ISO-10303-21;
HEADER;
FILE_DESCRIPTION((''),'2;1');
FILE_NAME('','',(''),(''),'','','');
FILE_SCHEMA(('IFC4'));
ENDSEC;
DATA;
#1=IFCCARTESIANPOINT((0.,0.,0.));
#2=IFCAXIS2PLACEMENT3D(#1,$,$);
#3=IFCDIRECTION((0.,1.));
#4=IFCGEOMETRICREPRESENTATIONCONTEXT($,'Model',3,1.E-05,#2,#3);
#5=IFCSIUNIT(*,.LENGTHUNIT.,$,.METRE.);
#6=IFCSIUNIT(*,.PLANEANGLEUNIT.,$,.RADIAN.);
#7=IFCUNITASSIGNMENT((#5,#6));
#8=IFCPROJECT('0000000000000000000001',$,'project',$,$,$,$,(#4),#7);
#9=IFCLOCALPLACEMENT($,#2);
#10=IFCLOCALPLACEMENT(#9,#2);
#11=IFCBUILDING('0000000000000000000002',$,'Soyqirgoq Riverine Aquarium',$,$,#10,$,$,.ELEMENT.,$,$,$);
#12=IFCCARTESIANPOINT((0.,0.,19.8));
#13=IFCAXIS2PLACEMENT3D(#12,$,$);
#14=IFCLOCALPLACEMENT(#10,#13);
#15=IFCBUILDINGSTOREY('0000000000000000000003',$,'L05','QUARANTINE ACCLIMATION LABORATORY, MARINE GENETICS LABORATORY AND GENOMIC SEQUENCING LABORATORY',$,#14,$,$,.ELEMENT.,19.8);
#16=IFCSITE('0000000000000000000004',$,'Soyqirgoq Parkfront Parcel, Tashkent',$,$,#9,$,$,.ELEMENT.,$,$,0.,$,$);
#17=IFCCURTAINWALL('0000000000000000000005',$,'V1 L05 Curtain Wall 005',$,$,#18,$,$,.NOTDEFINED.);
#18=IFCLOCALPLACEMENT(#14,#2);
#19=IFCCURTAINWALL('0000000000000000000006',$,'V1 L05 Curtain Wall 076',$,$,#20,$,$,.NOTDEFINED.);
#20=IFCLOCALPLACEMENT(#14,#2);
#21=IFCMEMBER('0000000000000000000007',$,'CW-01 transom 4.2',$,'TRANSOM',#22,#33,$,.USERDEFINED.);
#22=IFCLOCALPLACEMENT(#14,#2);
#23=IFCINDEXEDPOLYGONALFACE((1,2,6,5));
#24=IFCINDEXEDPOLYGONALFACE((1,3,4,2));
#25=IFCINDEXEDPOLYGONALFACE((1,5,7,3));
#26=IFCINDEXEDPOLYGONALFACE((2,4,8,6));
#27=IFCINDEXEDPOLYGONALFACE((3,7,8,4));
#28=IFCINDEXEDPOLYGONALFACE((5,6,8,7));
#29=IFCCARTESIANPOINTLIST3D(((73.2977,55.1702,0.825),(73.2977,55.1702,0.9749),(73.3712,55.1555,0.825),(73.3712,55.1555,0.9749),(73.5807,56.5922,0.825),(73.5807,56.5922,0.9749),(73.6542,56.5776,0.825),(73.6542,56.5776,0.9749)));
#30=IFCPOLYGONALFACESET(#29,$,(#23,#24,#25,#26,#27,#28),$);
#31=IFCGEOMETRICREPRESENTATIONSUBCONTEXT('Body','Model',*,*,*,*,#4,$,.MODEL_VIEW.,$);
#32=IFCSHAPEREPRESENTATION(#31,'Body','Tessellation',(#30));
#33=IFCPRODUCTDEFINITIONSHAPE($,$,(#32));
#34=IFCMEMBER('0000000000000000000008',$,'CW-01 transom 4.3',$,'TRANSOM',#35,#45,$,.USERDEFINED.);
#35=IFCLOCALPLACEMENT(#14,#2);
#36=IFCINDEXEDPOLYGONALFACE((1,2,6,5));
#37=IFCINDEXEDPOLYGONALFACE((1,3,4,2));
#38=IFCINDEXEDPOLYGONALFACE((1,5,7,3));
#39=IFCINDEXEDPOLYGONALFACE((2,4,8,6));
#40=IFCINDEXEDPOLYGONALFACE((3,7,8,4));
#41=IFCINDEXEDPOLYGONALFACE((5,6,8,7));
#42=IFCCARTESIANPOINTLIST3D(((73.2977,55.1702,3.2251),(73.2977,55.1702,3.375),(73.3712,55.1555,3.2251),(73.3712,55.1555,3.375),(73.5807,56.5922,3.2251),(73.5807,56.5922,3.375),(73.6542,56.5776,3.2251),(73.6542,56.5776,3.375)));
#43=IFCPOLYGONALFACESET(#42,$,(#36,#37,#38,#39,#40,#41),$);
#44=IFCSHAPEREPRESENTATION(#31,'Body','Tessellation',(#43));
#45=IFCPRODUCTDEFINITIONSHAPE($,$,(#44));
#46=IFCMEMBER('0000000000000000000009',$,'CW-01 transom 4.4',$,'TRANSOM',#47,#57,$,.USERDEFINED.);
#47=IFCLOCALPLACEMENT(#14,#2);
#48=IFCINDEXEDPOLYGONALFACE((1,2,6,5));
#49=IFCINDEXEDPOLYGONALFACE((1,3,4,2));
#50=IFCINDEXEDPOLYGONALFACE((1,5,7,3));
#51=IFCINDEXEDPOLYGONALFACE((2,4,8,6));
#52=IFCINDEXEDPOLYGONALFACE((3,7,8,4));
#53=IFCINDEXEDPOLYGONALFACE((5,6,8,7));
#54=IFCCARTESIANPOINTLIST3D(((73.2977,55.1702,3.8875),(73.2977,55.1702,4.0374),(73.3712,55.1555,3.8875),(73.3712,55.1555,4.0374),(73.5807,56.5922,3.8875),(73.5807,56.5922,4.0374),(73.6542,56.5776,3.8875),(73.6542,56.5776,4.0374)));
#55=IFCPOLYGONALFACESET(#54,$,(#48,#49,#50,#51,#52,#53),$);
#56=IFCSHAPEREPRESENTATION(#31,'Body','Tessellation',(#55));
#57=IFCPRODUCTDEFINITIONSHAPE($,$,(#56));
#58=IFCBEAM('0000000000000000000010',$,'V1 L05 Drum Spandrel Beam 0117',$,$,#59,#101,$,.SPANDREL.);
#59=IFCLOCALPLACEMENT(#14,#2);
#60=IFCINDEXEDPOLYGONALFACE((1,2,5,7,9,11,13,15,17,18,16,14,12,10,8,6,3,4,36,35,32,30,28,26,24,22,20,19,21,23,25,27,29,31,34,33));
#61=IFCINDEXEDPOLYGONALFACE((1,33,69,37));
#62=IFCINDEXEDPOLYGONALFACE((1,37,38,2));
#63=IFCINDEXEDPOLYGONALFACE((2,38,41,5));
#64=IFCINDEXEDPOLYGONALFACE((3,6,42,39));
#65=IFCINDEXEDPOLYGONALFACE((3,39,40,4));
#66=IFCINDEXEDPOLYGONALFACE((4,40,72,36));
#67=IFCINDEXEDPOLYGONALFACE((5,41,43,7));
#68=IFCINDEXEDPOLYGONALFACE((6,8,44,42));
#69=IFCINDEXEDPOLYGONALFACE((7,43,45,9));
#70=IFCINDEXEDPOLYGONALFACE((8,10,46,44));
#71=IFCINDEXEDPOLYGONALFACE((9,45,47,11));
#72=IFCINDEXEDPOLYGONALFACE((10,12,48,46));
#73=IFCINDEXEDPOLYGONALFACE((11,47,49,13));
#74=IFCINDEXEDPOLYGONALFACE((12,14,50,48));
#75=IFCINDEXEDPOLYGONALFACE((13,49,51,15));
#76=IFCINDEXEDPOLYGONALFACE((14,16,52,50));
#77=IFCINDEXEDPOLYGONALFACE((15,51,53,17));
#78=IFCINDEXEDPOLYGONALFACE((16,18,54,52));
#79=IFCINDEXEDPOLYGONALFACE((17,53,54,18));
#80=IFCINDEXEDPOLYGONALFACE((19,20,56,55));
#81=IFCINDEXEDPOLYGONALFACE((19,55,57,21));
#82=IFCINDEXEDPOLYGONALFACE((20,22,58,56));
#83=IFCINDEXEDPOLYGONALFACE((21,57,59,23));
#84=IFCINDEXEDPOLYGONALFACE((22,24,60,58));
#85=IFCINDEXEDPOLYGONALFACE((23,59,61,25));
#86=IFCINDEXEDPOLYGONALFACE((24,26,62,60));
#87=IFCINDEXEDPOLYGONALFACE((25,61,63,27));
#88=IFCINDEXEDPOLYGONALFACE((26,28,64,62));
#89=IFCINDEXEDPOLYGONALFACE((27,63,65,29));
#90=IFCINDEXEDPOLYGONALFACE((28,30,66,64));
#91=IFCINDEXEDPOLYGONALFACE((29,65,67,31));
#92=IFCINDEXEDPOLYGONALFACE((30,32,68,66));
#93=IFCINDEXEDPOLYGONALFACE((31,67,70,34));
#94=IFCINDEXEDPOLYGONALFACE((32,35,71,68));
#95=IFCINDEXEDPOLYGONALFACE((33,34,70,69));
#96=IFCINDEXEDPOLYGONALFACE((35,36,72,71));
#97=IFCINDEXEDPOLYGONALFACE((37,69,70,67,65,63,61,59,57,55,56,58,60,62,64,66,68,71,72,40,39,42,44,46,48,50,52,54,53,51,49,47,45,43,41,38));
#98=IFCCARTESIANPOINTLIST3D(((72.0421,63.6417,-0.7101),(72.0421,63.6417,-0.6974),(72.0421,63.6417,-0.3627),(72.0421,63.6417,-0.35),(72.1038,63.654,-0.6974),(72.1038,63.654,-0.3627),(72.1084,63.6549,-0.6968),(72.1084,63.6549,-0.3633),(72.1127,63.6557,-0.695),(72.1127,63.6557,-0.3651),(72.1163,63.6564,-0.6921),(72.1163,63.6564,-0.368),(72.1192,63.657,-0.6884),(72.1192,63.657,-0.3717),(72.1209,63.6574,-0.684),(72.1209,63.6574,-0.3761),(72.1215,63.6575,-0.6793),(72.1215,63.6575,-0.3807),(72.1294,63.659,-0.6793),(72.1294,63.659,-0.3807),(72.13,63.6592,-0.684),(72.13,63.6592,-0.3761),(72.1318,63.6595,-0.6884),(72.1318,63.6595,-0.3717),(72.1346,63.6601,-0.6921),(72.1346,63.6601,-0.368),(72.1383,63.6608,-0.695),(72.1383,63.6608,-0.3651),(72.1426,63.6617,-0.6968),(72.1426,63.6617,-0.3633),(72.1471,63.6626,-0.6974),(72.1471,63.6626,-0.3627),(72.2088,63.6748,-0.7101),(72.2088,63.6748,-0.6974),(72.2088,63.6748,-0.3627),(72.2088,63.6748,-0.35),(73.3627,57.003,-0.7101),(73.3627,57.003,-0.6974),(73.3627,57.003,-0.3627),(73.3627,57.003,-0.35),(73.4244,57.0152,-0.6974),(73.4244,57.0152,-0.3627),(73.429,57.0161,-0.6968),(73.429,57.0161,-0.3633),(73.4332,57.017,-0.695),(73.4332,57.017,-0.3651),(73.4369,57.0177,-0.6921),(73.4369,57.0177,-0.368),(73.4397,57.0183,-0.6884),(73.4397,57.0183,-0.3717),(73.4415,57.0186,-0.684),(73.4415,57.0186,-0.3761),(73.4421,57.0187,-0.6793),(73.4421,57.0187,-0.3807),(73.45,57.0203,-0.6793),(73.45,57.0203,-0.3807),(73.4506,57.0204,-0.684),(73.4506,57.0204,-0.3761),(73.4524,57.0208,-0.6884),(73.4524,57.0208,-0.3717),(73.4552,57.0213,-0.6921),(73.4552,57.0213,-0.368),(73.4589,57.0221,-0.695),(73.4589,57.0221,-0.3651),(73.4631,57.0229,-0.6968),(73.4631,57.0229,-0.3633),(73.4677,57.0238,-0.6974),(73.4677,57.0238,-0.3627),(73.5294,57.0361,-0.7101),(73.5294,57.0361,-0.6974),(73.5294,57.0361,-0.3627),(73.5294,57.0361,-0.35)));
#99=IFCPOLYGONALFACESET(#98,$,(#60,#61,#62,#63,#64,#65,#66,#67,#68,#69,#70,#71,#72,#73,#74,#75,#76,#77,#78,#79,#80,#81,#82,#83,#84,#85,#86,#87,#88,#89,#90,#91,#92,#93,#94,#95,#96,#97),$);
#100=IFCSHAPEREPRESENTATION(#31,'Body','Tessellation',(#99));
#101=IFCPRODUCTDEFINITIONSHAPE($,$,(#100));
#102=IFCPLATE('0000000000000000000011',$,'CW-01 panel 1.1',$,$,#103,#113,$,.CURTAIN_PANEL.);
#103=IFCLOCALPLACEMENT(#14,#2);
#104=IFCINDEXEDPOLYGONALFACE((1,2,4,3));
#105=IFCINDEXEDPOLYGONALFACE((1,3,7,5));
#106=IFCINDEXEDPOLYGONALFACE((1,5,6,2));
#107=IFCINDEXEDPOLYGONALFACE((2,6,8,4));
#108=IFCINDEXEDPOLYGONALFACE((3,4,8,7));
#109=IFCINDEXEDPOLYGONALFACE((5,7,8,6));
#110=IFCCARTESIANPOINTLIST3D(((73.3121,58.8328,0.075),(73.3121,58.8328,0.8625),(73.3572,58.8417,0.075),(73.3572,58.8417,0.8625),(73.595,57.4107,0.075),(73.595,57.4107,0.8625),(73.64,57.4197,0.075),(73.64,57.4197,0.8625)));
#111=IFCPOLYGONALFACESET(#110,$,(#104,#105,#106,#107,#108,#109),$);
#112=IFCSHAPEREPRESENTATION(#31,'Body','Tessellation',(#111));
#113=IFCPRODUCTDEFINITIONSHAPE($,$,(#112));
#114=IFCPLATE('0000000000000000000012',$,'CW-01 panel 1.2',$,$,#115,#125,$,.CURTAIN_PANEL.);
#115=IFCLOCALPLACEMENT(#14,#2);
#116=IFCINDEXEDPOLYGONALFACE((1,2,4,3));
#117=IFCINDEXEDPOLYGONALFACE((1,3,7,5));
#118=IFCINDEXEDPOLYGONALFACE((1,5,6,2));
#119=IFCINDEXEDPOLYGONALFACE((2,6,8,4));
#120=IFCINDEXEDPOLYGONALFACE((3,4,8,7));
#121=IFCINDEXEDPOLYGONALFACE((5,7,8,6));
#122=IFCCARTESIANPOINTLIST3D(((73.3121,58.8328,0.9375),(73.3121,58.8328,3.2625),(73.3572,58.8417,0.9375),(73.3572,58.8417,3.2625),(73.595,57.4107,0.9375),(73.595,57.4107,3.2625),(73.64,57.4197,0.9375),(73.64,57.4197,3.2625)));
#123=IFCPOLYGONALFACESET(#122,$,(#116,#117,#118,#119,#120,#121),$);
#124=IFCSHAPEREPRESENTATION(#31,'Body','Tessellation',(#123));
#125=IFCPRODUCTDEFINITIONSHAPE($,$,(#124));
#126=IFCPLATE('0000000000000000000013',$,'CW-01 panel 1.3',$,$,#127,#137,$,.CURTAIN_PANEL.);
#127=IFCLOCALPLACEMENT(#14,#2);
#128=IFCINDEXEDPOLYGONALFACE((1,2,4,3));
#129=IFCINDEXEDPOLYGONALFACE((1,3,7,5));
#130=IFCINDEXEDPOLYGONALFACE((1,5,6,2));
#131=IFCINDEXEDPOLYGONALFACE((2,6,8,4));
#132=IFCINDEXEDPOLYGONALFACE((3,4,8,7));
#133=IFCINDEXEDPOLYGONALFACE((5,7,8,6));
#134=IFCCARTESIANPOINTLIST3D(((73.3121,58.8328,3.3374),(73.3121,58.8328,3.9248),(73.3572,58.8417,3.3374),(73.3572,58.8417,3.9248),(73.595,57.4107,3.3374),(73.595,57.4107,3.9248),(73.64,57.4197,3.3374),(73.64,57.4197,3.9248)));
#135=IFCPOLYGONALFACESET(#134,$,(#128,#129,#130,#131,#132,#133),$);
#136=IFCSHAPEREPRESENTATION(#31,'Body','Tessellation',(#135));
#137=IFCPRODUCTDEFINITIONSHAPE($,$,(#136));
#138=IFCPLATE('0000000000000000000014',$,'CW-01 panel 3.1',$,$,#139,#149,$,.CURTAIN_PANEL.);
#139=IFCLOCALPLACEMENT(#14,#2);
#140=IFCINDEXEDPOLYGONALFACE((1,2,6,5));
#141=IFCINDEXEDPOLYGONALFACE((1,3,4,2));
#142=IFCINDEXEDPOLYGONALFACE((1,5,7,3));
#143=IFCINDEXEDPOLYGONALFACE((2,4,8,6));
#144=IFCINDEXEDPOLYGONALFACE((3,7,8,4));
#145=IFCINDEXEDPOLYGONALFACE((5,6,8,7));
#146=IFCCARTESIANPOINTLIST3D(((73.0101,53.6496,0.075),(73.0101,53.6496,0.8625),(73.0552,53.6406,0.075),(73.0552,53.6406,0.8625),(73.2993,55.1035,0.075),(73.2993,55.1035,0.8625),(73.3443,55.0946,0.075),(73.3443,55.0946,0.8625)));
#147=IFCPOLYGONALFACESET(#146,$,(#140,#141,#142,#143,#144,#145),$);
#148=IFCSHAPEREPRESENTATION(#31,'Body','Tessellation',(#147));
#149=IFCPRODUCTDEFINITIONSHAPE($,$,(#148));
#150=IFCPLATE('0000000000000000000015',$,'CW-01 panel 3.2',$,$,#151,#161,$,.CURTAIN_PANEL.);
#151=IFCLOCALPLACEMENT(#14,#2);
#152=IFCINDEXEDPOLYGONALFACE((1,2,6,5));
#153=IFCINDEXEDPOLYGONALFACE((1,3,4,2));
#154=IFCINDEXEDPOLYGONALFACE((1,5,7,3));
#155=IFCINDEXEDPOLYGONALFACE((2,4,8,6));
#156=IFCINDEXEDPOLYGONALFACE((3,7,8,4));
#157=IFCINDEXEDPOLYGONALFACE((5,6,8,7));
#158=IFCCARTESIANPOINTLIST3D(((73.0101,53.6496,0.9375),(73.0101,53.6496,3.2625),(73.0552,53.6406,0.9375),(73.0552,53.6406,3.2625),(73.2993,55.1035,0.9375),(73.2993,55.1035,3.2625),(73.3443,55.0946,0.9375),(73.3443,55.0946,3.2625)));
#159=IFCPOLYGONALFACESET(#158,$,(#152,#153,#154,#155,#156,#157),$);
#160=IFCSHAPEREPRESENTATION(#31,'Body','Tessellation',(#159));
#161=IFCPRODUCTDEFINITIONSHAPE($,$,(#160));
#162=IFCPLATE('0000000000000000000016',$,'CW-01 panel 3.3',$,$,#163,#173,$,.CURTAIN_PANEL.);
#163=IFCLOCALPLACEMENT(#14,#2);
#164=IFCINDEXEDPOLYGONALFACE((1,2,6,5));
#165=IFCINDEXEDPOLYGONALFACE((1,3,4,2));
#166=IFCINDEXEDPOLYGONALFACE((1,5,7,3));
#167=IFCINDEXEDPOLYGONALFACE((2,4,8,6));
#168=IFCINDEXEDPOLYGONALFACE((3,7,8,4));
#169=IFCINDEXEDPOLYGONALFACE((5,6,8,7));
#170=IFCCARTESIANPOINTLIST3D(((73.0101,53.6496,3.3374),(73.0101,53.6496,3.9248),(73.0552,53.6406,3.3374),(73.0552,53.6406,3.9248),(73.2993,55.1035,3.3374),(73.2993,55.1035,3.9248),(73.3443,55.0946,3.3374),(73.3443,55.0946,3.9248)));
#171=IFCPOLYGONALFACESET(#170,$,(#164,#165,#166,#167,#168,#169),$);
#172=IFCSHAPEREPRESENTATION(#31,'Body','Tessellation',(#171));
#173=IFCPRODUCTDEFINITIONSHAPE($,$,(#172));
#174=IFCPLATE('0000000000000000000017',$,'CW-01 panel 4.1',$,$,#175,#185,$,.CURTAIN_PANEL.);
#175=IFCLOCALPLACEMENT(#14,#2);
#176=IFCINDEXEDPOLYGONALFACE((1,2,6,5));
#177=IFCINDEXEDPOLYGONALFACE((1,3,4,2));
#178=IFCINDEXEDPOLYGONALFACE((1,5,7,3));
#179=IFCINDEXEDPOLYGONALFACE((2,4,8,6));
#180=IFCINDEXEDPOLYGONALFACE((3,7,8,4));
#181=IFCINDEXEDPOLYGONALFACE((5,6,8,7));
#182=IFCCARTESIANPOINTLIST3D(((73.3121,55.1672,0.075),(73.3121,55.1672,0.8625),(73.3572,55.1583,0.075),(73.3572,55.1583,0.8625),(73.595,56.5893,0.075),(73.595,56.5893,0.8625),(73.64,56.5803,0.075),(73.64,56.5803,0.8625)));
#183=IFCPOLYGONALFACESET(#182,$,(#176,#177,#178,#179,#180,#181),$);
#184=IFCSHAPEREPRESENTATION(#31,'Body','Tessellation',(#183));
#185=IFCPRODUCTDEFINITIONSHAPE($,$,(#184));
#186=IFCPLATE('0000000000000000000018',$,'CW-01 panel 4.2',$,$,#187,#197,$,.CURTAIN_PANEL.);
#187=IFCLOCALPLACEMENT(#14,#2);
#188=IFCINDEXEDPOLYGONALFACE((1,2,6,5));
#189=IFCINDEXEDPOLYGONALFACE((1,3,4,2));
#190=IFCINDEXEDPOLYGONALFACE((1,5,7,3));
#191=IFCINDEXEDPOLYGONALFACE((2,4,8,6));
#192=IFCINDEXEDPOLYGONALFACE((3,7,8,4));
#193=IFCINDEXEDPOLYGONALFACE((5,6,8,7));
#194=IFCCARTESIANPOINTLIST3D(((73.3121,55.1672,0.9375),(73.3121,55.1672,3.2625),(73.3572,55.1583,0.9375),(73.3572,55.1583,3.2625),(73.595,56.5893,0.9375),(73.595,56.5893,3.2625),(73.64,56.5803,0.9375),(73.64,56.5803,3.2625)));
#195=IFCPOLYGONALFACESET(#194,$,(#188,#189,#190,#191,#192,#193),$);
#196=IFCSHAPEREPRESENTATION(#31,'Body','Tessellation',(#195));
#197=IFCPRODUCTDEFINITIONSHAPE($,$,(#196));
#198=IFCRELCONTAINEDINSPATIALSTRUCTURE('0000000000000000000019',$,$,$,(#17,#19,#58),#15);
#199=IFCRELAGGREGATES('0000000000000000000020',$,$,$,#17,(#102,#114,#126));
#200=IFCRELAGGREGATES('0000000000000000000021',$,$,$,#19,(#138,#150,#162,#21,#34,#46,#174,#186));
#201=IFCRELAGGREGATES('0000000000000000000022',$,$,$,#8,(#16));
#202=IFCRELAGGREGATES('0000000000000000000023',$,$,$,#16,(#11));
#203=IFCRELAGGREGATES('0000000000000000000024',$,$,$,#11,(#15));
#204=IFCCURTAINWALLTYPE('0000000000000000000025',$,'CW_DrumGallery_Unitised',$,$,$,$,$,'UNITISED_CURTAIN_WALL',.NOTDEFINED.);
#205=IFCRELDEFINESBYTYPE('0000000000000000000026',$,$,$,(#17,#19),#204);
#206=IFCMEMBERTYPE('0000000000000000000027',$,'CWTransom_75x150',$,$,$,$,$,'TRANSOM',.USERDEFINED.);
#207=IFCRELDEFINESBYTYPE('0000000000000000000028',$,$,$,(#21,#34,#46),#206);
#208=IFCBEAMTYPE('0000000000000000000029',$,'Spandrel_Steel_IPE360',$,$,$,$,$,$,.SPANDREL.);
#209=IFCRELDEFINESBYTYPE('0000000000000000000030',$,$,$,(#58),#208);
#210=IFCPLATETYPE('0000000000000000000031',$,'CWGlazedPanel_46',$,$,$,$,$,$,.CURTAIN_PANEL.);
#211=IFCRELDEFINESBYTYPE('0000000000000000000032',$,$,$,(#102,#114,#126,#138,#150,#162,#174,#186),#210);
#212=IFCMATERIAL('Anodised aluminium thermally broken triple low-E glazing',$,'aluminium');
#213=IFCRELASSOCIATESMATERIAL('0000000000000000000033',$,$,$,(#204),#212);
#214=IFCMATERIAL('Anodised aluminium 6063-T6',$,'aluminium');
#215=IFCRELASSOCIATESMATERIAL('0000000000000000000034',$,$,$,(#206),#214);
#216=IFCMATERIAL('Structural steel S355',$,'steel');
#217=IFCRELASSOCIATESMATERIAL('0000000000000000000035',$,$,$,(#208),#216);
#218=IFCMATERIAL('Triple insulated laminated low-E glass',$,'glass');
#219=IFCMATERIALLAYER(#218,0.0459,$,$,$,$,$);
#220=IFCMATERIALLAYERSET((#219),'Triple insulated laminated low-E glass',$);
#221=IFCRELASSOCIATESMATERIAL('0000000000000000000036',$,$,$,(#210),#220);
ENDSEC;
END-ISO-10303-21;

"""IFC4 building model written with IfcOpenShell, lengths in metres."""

from ifc_helpers import new_model, si_unit, direction, frame, origin, origin_2d, place, context, subcontext, project, spatial, rectangle, i_section, extrude, material, layer, layer_set, material_profile, profile_set, type_object, element, aggregate, save


model = new_model("IFC4")

# Units and contexts
model_context = context("Model", 3, precision=1e-05, world=origin(), true_north=direction((0.0, 1.0)))
body_context = subcontext(model_context, "Body", "Model", "MODEL_VIEW")
ifc_project = project(units=[si_unit("LENGTHUNIT", "METRE"), si_unit("PLANEANGLEUNIT", "RADIAN")], contexts=[model_context])

# Site, building, storey
site_placement = place(None, origin())
site = spatial("IfcSite", under=ifc_project, at=site_placement, Name="Soyqirgoq Parkfront Parcel, Tashkent", CompositionType="ELEMENT", RefElevation=0.0)
building_placement = place(site_placement, origin())
building = spatial("IfcBuilding", under=site, at=building_placement, Name="Soyqirgoq Riverine Aquarium", CompositionType="ELEMENT")
storey_placement = place(building_placement, frame((0.0, 0.0, 19.8)))
storey = spatial("IfcBuildingStorey", under=building, at=storey_placement, Name="L05", Description="QUARANTINE ACCLIMATION LABORATORY, MARINE GENETICS LABORATORY AND GENOMIC SEQUENCING LABORATORY", CompositionType="ELEMENT", Elevation=19.8)

# Curtain wall
ifc_material_1 = material(Name="Anodised aluminium thermally broken triple low-E glazing", Category="aluminium")
curtain_wall_type = type_object("IfcCurtainWallType", Name="CW_DrumGallery_Unitised", ElementType="UNITISED_CURTAIN_WALL", PredefinedType="NOTDEFINED", material=ifc_material_1)
curtain_wall_1_placement = place(storey_placement, origin())
curtain_wall_1 = element("IfcCurtainWall", 1, at=curtain_wall_1_placement, inside=storey, type_object=curtain_wall_type, Name="V1 L05 Curtain Wall 005", PredefinedType="NOTDEFINED")

# Curtain wall
curtain_wall_2_placement = place(storey_placement, origin())
curtain_wall_2 = element("IfcCurtainWall", 2, at=curtain_wall_2_placement, inside=storey, type_object=curtain_wall_type, Name="V1 L05 Curtain Wall 076", PredefinedType="NOTDEFINED")

# Members
ifc_material_2 = material(Name="Anodised aluminium 6063-T6", Category="aluminium")
ifc_material_profile_1 = material_profile(ifc_material_2, rectangle(XDim=0.075, YDim=0.1499, at=origin_2d()), Name="ALU-T 75x150")
ifc_profile_set_1 = profile_set([ifc_material_profile_1], Name="Anodised aluminium 6063-T6")
member_type_1 = type_object("IfcMemberType", Name="CWTransom_75x150", ElementType="TRANSOM", PredefinedType="USERDEFINED", material=ifc_profile_set_1)
member_1_placement = place(storey_placement, frame((73.3345, 55.1628, 0.8999), z_axis=(0.195145, 0.980774, 0.0), x_axis=(-0.980774, 0.195145, 0.0)))
member_1 = element("IfcMember", 3, at=member_1_placement, type_object=member_type_1, Name="CW-01 transom 4.2", ObjectType="TRANSOM", PredefinedType="USERDEFINED", context=body_context, shape_type="SweptSolid", body=[
    extrude(rectangle(XDim=0.075, YDim=0.1499, at=origin_2d()), origin(), (0.0, 0.0, 1.0), 1.45),
])
member_2_placement = place(storey_placement, frame((73.3345, 55.1628, 3.3), z_axis=(0.195145, 0.980774, 0.0), x_axis=(-0.980774, 0.195145, 0.0)))
member_2 = element("IfcMember", 4, at=member_2_placement, type_object=member_type_1, Name="CW-01 transom 4.3", ObjectType="TRANSOM", PredefinedType="USERDEFINED", context=body_context, shape_type="SweptSolid", body=[
    extrude(rectangle(XDim=0.075, YDim=0.1499, at=origin_2d()), origin(), (0.0, 0.0, 1.0), 1.45),
])
member_3_placement = place(storey_placement, frame((73.3345, 55.1628, 3.9624), z_axis=(0.195145, 0.980774, 0.0), x_axis=(-0.980774, 0.195145, 0.0)))
member_3 = element("IfcMember", 5, at=member_3_placement, type_object=member_type_1, Name="CW-01 transom 4.4", ObjectType="TRANSOM", PredefinedType="USERDEFINED", context=body_context, shape_type="SweptSolid", body=[
    extrude(rectangle(XDim=0.075, YDim=0.1499, at=origin_2d()), origin(), (0.0, 0.0, 1.0), 1.45),
])

# Beam
ifc_material_3 = material(Name="Structural steel S355", Category="steel")
ifc_material_profile_2 = material_profile(ifc_material_3, i_section(OverallWidth=0.1699, OverallDepth=0.3601, WebThickness=0.0081, FlangeThickness=0.0127, FilletRadius=0.0181, at=origin_2d()), Name="IPE 360")
ifc_profile_set_2 = profile_set([ifc_material_profile_2], Name="Structural steel S355")
beam_type = type_object("IfcBeamType", Name="Spandrel_Steel_IPE360", PredefinedType="SPANDREL", material=ifc_profile_set_2)
beam_placement = place(storey_placement, frame((73.446, 57.0195, -0.53), z_axis=(-0.195096, 0.980784, 0.0), x_axis=(-0.980784, -0.195096, 0.0)))
element("IfcBeam", 6, at=beam_placement, inside=storey, type_object=beam_type, Name="V1 L05 Drum Spandrel Beam 0117", PredefinedType="SPANDREL", context=body_context, shape_type="SweptSolid", body=[
    extrude(i_section(OverallWidth=0.1699, OverallDepth=0.3601, WebThickness=0.0081, FlangeThickness=0.0127, FilletRadius=0.0181, at=origin_2d()), origin(), (0.0, 0.0, 1.0), 6.7688),
])

# Plates
ifc_material_4 = material(Name="Triple insulated laminated low-E glass", Category="glass")
ifc_layer = layer(ifc_material_4, 0.0459)
ifc_layer_set = layer_set([ifc_layer], Name="Triple insulated laminated low-E glass")
plate_type = type_object("IfcPlateType", Name="CWGlazedPanel_46", PredefinedType="CURTAIN_PANEL", material=ifc_layer_set)
plate_1_placement = place(storey_placement, frame((73.4761, 58.1262, 0.075), z_axis=(0.0, 0.0, 1.0), x_axis=(-0.195078, 0.980788, 0.0)))
plate_1 = element("IfcPlate", 7, at=plate_1_placement, type_object=plate_type, Name="CW-01 panel 1.1", PredefinedType="CURTAIN_PANEL", context=body_context, shape_type="SweptSolid", body=[
    extrude(rectangle(XDim=1.45, YDim=0.0459, at=origin_2d()), origin(), (0.0, 0.0, 1.0), 0.7876),
])
plate_2_placement = place(storey_placement, frame((73.4761, 58.1262, 0.9375), z_axis=(0.0, 0.0, 1.0), x_axis=(-0.195078, 0.980788, 0.0)))
plate_2 = element("IfcPlate", 8, at=plate_2_placement, type_object=plate_type, Name="CW-01 panel 1.2", PredefinedType="CURTAIN_PANEL", context=body_context, shape_type="SweptSolid", body=[
    extrude(rectangle(XDim=1.45, YDim=0.0459, at=origin_2d()), origin(), (0.0, 0.0, 1.0), 2.325),
])
plate_3_placement = place(storey_placement, frame((73.4761, 58.1262, 3.3374), z_axis=(0.0, 0.0, 1.0), x_axis=(-0.195078, 0.980788, 0.0)))
plate_3 = element("IfcPlate", 9, at=plate_3_placement, type_object=plate_type, Name="CW-01 panel 1.3", PredefinedType="CURTAIN_PANEL", context=body_context, shape_type="SweptSolid", body=[
    extrude(rectangle(XDim=1.45, YDim=0.0459, at=origin_2d()), origin(), (0.0, 0.0, 1.0), 0.5874),
])
aggregate(curtain_wall_1, [plate_1, plate_2, plate_3])
plate_4_placement = place(storey_placement, frame((73.1772, 54.3721, 0.075), z_axis=(0.0, 0.0, 1.0), x_axis=(0.195078, 0.980788, 0.0)))
plate_4 = element("IfcPlate", 10, at=plate_4_placement, type_object=plate_type, Name="CW-01 panel 3.1", PredefinedType="CURTAIN_PANEL", context=body_context, shape_type="SweptSolid", body=[
    extrude(rectangle(XDim=1.4824, YDim=0.0459, at=origin_2d()), origin(), (0.0, 0.0, 1.0), 0.7876),
])
plate_5_placement = place(storey_placement, frame((73.1772, 54.3721, 0.9375), z_axis=(0.0, 0.0, 1.0), x_axis=(0.195078, 0.980788, 0.0)))
plate_5 = element("IfcPlate", 11, at=plate_5_placement, type_object=plate_type, Name="CW-01 panel 3.2", PredefinedType="CURTAIN_PANEL", context=body_context, shape_type="SweptSolid", body=[
    extrude(rectangle(XDim=1.4824, YDim=0.0459, at=origin_2d()), origin(), (0.0, 0.0, 1.0), 2.325),
])
plate_6_placement = place(storey_placement, frame((73.1772, 54.3721, 3.3374), z_axis=(0.0, 0.0, 1.0), x_axis=(0.195078, 0.980788, 0.0)))
plate_6 = element("IfcPlate", 12, at=plate_6_placement, type_object=plate_type, Name="CW-01 panel 3.3", PredefinedType="CURTAIN_PANEL", context=body_context, shape_type="SweptSolid", body=[
    extrude(rectangle(XDim=1.4824, YDim=0.0459, at=origin_2d()), origin(), (0.0, 0.0, 1.0), 0.5874),
])
plate_7_placement = place(storey_placement, frame((73.4761, 55.8738, 0.075), z_axis=(0.0, 0.0, 1.0), x_axis=(0.195078, 0.980788, 0.0)))
plate_7 = element("IfcPlate", 13, at=plate_7_placement, type_object=plate_type, Name="CW-01 panel 4.1", PredefinedType="CURTAIN_PANEL", context=body_context, shape_type="SweptSolid", body=[
    extrude(rectangle(XDim=1.45, YDim=0.0459, at=origin_2d()), origin(), (0.0, 0.0, 1.0), 0.7876),
])
plate_8_placement = place(storey_placement, frame((73.4761, 55.8738, 0.9375), z_axis=(0.0, 0.0, 1.0), x_axis=(0.195078, 0.980788, 0.0)))
plate_8 = element("IfcPlate", 14, at=plate_8_placement, type_object=plate_type, Name="CW-01 panel 4.2", PredefinedType="CURTAIN_PANEL", context=body_context, shape_type="SweptSolid", body=[
    extrude(rectangle(XDim=1.45, YDim=0.0459, at=origin_2d()), origin(), (0.0, 0.0, 1.0), 2.325),
])
aggregate(curtain_wall_2, [plate_4, plate_5, plate_6, member_1, member_2, member_3, plate_7, plate_8])

save(model, "model.ifc")
